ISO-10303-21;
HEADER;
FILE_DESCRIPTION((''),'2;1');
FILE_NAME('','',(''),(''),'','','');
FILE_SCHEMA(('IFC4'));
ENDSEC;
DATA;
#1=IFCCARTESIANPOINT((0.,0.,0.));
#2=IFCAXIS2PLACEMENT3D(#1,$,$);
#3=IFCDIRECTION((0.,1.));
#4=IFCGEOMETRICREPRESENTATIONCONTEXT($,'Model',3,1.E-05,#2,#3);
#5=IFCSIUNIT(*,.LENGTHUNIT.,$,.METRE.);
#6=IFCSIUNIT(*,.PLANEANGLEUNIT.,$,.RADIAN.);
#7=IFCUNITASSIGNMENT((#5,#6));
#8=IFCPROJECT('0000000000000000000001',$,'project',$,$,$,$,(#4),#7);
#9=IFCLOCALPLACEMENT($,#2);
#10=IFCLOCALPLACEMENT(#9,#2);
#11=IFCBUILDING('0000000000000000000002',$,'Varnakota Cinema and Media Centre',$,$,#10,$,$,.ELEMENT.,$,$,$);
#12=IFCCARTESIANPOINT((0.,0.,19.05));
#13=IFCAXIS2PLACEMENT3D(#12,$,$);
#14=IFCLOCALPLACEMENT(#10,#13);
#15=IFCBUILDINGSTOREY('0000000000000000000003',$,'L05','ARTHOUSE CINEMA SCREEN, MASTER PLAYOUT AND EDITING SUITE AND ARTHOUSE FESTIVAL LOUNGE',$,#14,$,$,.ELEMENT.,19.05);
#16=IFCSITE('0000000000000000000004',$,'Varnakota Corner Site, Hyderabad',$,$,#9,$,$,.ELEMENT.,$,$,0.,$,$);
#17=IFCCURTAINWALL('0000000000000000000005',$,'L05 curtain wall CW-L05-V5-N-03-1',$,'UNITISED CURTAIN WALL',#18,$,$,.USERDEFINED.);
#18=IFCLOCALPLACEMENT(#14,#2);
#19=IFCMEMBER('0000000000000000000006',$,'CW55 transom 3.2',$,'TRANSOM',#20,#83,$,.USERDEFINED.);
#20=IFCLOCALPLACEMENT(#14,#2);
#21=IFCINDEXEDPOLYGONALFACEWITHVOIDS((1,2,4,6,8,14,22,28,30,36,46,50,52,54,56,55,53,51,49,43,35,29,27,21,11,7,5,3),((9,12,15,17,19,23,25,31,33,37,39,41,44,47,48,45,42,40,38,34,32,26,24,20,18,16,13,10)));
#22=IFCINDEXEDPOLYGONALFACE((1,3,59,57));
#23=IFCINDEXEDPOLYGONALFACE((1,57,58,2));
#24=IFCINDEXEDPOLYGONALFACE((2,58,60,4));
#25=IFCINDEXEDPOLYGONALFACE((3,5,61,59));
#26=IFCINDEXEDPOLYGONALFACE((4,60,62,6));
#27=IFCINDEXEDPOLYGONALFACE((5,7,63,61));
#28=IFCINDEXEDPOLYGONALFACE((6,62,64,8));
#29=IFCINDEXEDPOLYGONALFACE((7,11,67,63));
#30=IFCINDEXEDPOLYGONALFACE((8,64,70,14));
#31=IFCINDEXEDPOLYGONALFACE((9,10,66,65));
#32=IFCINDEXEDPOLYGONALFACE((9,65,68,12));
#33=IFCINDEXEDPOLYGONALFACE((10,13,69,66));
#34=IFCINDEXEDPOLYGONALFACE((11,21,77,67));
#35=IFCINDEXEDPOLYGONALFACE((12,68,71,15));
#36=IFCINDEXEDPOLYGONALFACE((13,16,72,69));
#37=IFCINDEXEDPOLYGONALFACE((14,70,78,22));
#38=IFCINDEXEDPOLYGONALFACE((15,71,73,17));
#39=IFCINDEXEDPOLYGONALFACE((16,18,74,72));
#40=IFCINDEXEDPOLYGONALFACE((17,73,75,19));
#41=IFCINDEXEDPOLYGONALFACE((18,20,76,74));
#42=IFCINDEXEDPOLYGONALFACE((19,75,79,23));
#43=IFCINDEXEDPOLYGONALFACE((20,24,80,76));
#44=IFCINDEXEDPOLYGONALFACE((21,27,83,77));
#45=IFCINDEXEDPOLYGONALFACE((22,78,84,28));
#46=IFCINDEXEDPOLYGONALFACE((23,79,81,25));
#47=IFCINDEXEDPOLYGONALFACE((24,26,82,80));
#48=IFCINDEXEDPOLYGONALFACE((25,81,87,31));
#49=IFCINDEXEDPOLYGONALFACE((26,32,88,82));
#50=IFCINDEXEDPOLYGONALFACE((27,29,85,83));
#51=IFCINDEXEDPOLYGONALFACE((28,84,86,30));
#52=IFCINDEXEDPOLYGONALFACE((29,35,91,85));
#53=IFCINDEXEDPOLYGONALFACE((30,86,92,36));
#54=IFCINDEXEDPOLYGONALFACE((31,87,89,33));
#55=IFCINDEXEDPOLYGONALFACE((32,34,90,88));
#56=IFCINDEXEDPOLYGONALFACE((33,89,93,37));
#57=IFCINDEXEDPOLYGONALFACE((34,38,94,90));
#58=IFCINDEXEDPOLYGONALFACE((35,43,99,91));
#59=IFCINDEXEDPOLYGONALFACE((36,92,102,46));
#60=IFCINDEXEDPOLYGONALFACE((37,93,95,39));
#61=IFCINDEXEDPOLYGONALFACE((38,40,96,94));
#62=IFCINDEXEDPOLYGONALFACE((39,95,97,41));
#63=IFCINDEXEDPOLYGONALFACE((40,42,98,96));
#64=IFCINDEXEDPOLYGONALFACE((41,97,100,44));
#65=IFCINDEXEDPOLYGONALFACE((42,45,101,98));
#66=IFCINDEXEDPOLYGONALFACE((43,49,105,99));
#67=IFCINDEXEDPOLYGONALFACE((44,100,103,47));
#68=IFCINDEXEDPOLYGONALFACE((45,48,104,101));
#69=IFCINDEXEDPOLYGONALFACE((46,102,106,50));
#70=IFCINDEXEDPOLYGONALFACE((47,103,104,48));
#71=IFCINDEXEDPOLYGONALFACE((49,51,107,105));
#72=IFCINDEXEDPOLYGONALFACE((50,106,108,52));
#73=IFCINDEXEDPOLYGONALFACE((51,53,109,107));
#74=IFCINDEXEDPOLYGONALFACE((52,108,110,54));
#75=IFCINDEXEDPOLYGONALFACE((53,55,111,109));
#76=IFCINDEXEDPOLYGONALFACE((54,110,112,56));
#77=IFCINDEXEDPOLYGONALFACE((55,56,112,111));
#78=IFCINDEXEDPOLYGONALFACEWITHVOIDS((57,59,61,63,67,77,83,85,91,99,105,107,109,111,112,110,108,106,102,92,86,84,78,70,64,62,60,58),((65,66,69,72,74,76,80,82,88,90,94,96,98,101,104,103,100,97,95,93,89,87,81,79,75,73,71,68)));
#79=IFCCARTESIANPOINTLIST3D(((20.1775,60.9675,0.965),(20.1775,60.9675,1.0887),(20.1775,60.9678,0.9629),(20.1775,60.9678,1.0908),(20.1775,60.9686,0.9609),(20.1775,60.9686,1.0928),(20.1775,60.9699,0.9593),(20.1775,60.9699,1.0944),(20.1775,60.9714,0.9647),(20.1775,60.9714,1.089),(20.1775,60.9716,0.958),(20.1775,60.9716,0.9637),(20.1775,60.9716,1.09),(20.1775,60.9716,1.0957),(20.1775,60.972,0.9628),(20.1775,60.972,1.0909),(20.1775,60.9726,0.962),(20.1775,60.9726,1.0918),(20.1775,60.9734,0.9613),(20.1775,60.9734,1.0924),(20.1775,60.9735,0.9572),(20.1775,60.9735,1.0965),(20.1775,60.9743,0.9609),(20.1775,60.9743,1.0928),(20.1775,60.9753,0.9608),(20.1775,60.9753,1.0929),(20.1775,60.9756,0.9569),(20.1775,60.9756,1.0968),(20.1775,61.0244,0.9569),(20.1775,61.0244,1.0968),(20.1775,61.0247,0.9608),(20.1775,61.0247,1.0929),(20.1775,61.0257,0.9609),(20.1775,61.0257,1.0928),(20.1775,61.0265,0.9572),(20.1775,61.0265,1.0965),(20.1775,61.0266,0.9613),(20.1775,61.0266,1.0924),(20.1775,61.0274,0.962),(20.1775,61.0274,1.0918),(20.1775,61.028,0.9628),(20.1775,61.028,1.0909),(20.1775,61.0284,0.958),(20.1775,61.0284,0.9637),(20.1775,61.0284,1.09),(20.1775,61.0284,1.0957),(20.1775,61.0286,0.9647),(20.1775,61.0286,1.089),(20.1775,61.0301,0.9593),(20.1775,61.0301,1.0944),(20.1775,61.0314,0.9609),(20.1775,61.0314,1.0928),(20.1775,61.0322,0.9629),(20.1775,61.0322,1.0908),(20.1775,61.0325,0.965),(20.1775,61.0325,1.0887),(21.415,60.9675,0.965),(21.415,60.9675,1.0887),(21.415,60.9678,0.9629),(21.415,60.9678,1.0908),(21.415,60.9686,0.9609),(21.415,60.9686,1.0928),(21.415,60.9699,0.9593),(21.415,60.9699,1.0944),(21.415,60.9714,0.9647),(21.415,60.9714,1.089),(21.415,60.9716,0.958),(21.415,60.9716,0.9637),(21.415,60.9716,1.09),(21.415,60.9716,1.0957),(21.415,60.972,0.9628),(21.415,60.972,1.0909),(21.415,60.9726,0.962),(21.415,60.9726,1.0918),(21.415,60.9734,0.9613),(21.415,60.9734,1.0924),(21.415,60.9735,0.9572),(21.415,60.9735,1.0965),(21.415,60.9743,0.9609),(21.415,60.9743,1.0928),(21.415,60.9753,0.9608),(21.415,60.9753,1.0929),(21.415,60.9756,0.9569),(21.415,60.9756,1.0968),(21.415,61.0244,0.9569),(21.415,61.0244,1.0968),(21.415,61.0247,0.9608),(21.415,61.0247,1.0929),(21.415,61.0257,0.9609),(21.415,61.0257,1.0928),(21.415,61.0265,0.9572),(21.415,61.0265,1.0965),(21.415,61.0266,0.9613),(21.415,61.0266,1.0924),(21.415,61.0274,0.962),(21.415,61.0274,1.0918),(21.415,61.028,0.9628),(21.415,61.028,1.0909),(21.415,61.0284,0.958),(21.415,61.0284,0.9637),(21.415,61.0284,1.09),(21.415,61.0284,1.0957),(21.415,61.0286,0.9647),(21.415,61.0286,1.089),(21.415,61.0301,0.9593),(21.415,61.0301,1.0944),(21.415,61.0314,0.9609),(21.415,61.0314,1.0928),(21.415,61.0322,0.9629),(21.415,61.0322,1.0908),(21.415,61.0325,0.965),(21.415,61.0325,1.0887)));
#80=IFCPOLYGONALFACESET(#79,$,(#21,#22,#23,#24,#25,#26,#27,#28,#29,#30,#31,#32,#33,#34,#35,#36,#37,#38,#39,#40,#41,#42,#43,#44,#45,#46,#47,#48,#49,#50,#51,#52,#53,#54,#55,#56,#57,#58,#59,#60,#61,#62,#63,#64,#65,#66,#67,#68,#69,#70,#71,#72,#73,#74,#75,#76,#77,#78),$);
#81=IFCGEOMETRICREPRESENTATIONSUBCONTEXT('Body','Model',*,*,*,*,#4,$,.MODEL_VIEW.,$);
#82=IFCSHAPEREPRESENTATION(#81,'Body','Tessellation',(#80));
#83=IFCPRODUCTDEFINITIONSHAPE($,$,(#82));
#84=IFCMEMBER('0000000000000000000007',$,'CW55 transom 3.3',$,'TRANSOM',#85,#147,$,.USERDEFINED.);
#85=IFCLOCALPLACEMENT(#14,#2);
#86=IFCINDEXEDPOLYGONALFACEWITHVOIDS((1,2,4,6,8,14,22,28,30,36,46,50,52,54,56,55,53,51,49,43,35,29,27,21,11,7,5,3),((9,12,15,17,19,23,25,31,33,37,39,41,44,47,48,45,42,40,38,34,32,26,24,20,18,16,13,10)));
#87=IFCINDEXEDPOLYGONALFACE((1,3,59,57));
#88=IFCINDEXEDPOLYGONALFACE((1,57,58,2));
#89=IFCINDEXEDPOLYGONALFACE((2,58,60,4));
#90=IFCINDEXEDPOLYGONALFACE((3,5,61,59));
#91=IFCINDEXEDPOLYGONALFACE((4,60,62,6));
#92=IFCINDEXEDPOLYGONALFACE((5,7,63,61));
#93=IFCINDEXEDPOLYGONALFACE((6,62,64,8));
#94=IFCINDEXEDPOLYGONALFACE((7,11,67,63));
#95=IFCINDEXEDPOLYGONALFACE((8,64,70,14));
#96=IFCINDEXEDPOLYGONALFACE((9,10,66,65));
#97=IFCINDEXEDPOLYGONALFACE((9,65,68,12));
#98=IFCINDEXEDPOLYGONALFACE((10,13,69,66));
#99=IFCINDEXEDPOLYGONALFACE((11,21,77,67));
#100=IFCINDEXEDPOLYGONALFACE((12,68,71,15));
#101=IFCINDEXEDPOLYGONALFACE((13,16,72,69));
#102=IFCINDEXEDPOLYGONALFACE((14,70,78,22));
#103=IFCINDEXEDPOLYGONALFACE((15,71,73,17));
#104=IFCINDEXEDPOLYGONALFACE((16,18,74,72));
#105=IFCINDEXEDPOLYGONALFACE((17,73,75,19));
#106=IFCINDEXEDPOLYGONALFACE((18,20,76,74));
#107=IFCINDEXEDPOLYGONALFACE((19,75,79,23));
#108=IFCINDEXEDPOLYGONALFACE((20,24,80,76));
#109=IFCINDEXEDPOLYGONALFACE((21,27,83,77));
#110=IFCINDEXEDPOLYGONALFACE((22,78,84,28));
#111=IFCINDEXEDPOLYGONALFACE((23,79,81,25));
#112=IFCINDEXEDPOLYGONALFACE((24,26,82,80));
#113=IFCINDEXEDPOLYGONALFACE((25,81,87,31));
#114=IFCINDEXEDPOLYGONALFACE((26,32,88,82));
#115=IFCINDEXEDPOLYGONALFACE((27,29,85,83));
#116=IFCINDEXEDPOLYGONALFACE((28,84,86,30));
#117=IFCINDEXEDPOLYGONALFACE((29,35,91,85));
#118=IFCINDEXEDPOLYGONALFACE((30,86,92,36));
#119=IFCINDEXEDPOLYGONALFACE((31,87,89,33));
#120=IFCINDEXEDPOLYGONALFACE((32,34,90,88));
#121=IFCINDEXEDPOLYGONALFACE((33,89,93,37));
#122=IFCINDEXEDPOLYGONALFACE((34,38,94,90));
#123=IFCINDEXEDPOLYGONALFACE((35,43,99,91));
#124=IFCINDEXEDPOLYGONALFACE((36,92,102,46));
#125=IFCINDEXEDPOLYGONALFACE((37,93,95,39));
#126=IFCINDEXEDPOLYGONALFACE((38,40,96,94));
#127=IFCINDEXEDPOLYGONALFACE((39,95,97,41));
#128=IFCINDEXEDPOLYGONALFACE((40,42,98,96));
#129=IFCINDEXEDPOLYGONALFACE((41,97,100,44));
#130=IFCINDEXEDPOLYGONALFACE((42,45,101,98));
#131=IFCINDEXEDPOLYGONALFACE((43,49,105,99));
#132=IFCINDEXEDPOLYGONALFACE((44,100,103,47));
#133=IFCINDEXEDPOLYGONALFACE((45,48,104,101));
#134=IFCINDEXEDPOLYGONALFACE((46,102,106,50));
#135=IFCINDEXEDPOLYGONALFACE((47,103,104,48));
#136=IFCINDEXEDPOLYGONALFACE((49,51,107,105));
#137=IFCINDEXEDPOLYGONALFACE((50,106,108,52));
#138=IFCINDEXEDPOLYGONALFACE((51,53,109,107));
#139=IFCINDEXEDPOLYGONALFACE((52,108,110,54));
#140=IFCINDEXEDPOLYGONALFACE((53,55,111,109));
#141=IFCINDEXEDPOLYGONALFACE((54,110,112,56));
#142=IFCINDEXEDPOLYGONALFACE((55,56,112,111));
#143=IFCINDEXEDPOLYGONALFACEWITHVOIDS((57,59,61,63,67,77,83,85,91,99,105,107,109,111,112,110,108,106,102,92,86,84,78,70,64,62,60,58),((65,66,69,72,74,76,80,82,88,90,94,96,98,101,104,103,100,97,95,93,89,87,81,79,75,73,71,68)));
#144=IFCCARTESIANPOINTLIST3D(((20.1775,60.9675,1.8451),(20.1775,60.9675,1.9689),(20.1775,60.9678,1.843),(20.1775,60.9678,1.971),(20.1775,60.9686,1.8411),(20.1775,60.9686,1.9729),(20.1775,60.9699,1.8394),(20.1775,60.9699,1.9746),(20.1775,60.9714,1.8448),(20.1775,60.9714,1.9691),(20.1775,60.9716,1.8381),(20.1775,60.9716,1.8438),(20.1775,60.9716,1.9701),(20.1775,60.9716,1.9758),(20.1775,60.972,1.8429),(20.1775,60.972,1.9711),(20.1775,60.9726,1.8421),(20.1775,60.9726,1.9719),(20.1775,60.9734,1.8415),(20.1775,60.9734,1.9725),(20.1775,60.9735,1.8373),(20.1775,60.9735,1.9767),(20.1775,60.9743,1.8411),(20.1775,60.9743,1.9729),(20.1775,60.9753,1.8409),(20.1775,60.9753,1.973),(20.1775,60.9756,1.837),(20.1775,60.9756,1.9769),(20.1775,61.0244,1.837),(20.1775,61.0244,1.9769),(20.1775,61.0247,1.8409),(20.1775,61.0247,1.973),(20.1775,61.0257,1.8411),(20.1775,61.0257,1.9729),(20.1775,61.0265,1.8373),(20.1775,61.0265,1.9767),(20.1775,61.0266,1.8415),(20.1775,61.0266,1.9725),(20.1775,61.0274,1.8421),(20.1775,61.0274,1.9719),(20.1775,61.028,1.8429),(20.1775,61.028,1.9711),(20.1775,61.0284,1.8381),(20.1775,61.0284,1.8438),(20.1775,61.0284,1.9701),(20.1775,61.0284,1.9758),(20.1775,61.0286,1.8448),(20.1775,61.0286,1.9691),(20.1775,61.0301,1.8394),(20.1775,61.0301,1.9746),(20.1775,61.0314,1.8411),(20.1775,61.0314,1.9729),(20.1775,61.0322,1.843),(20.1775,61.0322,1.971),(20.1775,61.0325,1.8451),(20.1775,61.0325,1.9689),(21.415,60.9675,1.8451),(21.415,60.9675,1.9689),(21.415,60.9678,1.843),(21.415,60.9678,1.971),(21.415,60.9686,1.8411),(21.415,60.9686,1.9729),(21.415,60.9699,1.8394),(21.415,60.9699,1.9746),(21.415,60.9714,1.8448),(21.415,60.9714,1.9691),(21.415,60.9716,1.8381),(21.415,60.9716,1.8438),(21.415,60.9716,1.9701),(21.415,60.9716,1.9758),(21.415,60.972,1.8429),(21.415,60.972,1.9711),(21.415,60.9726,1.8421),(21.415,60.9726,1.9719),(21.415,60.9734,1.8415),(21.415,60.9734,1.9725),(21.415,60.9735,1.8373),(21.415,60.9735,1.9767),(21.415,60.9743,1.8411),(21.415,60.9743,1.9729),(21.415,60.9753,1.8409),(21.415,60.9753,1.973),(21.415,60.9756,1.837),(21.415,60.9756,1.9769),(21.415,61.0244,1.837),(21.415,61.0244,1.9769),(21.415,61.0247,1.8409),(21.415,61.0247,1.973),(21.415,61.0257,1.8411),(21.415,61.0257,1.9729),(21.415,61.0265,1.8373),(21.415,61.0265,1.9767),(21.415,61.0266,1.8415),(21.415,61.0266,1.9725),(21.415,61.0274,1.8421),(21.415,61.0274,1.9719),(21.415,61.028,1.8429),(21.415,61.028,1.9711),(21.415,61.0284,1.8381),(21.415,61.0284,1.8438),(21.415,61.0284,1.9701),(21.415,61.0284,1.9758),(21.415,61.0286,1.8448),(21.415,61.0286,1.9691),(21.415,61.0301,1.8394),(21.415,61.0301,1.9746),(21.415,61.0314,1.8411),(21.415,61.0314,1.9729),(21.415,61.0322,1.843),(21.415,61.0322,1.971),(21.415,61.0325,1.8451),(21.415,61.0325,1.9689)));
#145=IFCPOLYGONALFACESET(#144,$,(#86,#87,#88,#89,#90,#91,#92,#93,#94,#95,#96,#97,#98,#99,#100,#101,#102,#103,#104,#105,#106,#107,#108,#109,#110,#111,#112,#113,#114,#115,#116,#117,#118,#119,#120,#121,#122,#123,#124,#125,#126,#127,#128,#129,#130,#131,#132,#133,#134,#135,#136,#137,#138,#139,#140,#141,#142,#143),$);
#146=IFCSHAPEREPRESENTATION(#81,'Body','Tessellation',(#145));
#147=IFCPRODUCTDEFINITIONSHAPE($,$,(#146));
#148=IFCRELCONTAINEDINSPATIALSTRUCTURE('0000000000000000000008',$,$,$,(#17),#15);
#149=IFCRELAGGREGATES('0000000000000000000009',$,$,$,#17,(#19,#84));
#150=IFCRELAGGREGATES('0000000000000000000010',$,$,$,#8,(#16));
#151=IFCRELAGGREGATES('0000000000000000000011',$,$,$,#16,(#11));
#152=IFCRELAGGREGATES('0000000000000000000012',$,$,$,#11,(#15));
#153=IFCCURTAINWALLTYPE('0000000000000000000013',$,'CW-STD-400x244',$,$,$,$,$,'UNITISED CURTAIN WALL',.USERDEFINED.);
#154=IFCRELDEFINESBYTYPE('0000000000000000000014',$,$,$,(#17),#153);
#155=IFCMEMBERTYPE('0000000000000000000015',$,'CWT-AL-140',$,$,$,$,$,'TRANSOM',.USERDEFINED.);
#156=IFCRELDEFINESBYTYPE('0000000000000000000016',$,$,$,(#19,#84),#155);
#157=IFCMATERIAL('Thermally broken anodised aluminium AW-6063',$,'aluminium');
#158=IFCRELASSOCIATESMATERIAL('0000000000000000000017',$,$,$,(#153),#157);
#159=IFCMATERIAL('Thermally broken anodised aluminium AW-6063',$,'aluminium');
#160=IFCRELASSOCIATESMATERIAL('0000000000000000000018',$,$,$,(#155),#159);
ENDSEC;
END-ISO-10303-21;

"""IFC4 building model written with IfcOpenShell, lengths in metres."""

from ifc_helpers import new_model, si_unit, direction, frame, origin, origin_2d, place, context, subcontext, project, spatial, hollow_rectangle, extrude, material, material_profile, profile_set, type_object, element, aggregate, save


model = new_model("IFC4")

# Units and contexts
model_context = context("Model", 3, precision=1e-05, world=origin(), true_north=direction((0.0, 1.0)))
body_context = subcontext(model_context, "Body", "Model", "MODEL_VIEW")
ifc_project = project(units=[si_unit("LENGTHUNIT", "METRE"), si_unit("PLANEANGLEUNIT", "RADIAN")], contexts=[model_context])

# Site, building, storey
site_placement = place(None, origin())
site = spatial("IfcSite", under=ifc_project, at=site_placement, Name="Varnakota Corner Site, Hyderabad", CompositionType="ELEMENT", RefElevation=0.0)
building_placement = place(site_placement, origin())
building = spatial("IfcBuilding", under=site, at=building_placement, Name="Varnakota Cinema and Media Centre", CompositionType="ELEMENT")
storey_placement = place(building_placement, frame((0.0, 0.0, 19.05)))
storey = spatial("IfcBuildingStorey", under=building, at=storey_placement, Name="L05", Description="ARTHOUSE CINEMA SCREEN, MASTER PLAYOUT AND EDITING SUITE AND ARTHOUSE FESTIVAL LOUNGE", CompositionType="ELEMENT", Elevation=19.05)

# Curtain wall, members
ifc_material_1 = material(Name="Thermally broken anodised aluminium AW-6063", Category="aluminium")
curtain_wall_type = type_object("IfcCurtainWallType", Name="CW-STD-400x244", ElementType="UNITISED CURTAIN WALL", PredefinedType="USERDEFINED", material=ifc_material_1)
curtain_wall_placement = place(storey_placement, origin())
curtain_wall = element("IfcCurtainWall", 1, at=curtain_wall_placement, inside=storey, type_object=curtain_wall_type, Name="L05 curtain wall CW-L05-V5-N-03-1", ObjectType="UNITISED CURTAIN WALL", PredefinedType="USERDEFINED")
ifc_material_2 = material(Name="Thermally broken anodised aluminium AW-6063", Category="aluminium")
ifc_material_profile_1 = material_profile(ifc_material_2, hollow_rectangle(XDim=0.0649, YDim=0.1399, WallThickness=0.0039, InnerFilletRadius=0.0039, OuterFilletRadius=0.0081, at=origin_2d()), Name="AL-TRANSOM 140x65x4")
ifc_profile_set_1 = profile_set([ifc_material_profile_1], Name="Thermally broken anodised aluminium AW-6063")
member_type_1 = type_object("IfcMemberType", Name="CWT-AL-140", ElementType="TRANSOM", PredefinedType="USERDEFINED", material=ifc_profile_set_1)
member_1_placement = place(storey_placement, frame((20.1775, 61.0, 1.0269), z_axis=(1.0, 0.0, 0.0), x_axis=(0.0, 1.0, 0.0)))
member_1 = element("IfcMember", 2, at=member_1_placement, type_object=member_type_1, Name="CW55 transom 3.2", ObjectType="TRANSOM", PredefinedType="USERDEFINED", context=body_context, shape_type="SweptSolid", body=[
    extrude(hollow_rectangle(XDim=0.0649, YDim=0.1399, WallThickness=0.0039, InnerFilletRadius=0.0039, OuterFilletRadius=0.0081, at=origin_2d()), origin(), (0.0, 0.0, 1.0), 1.2375),
])
member_2_placement = place(storey_placement, frame((20.1775, 61.0, 1.907), z_axis=(1.0, 0.0, 0.0), x_axis=(0.0, 1.0, 0.0)))
member_2 = element("IfcMember", 3, at=member_2_placement, type_object=member_type_1, Name="CW55 transom 3.3", ObjectType="TRANSOM", PredefinedType="USERDEFINED", context=body_context, shape_type="SweptSolid", body=[
    extrude(hollow_rectangle(XDim=0.0649, YDim=0.1399, WallThickness=0.0039, InnerFilletRadius=0.0039, OuterFilletRadius=0.0081, at=origin_2d()), origin(), (0.0, 0.0, 1.0), 1.2375),
])
aggregate(curtain_wall, [member_1, member_2])

save(model, "model.ifc")
